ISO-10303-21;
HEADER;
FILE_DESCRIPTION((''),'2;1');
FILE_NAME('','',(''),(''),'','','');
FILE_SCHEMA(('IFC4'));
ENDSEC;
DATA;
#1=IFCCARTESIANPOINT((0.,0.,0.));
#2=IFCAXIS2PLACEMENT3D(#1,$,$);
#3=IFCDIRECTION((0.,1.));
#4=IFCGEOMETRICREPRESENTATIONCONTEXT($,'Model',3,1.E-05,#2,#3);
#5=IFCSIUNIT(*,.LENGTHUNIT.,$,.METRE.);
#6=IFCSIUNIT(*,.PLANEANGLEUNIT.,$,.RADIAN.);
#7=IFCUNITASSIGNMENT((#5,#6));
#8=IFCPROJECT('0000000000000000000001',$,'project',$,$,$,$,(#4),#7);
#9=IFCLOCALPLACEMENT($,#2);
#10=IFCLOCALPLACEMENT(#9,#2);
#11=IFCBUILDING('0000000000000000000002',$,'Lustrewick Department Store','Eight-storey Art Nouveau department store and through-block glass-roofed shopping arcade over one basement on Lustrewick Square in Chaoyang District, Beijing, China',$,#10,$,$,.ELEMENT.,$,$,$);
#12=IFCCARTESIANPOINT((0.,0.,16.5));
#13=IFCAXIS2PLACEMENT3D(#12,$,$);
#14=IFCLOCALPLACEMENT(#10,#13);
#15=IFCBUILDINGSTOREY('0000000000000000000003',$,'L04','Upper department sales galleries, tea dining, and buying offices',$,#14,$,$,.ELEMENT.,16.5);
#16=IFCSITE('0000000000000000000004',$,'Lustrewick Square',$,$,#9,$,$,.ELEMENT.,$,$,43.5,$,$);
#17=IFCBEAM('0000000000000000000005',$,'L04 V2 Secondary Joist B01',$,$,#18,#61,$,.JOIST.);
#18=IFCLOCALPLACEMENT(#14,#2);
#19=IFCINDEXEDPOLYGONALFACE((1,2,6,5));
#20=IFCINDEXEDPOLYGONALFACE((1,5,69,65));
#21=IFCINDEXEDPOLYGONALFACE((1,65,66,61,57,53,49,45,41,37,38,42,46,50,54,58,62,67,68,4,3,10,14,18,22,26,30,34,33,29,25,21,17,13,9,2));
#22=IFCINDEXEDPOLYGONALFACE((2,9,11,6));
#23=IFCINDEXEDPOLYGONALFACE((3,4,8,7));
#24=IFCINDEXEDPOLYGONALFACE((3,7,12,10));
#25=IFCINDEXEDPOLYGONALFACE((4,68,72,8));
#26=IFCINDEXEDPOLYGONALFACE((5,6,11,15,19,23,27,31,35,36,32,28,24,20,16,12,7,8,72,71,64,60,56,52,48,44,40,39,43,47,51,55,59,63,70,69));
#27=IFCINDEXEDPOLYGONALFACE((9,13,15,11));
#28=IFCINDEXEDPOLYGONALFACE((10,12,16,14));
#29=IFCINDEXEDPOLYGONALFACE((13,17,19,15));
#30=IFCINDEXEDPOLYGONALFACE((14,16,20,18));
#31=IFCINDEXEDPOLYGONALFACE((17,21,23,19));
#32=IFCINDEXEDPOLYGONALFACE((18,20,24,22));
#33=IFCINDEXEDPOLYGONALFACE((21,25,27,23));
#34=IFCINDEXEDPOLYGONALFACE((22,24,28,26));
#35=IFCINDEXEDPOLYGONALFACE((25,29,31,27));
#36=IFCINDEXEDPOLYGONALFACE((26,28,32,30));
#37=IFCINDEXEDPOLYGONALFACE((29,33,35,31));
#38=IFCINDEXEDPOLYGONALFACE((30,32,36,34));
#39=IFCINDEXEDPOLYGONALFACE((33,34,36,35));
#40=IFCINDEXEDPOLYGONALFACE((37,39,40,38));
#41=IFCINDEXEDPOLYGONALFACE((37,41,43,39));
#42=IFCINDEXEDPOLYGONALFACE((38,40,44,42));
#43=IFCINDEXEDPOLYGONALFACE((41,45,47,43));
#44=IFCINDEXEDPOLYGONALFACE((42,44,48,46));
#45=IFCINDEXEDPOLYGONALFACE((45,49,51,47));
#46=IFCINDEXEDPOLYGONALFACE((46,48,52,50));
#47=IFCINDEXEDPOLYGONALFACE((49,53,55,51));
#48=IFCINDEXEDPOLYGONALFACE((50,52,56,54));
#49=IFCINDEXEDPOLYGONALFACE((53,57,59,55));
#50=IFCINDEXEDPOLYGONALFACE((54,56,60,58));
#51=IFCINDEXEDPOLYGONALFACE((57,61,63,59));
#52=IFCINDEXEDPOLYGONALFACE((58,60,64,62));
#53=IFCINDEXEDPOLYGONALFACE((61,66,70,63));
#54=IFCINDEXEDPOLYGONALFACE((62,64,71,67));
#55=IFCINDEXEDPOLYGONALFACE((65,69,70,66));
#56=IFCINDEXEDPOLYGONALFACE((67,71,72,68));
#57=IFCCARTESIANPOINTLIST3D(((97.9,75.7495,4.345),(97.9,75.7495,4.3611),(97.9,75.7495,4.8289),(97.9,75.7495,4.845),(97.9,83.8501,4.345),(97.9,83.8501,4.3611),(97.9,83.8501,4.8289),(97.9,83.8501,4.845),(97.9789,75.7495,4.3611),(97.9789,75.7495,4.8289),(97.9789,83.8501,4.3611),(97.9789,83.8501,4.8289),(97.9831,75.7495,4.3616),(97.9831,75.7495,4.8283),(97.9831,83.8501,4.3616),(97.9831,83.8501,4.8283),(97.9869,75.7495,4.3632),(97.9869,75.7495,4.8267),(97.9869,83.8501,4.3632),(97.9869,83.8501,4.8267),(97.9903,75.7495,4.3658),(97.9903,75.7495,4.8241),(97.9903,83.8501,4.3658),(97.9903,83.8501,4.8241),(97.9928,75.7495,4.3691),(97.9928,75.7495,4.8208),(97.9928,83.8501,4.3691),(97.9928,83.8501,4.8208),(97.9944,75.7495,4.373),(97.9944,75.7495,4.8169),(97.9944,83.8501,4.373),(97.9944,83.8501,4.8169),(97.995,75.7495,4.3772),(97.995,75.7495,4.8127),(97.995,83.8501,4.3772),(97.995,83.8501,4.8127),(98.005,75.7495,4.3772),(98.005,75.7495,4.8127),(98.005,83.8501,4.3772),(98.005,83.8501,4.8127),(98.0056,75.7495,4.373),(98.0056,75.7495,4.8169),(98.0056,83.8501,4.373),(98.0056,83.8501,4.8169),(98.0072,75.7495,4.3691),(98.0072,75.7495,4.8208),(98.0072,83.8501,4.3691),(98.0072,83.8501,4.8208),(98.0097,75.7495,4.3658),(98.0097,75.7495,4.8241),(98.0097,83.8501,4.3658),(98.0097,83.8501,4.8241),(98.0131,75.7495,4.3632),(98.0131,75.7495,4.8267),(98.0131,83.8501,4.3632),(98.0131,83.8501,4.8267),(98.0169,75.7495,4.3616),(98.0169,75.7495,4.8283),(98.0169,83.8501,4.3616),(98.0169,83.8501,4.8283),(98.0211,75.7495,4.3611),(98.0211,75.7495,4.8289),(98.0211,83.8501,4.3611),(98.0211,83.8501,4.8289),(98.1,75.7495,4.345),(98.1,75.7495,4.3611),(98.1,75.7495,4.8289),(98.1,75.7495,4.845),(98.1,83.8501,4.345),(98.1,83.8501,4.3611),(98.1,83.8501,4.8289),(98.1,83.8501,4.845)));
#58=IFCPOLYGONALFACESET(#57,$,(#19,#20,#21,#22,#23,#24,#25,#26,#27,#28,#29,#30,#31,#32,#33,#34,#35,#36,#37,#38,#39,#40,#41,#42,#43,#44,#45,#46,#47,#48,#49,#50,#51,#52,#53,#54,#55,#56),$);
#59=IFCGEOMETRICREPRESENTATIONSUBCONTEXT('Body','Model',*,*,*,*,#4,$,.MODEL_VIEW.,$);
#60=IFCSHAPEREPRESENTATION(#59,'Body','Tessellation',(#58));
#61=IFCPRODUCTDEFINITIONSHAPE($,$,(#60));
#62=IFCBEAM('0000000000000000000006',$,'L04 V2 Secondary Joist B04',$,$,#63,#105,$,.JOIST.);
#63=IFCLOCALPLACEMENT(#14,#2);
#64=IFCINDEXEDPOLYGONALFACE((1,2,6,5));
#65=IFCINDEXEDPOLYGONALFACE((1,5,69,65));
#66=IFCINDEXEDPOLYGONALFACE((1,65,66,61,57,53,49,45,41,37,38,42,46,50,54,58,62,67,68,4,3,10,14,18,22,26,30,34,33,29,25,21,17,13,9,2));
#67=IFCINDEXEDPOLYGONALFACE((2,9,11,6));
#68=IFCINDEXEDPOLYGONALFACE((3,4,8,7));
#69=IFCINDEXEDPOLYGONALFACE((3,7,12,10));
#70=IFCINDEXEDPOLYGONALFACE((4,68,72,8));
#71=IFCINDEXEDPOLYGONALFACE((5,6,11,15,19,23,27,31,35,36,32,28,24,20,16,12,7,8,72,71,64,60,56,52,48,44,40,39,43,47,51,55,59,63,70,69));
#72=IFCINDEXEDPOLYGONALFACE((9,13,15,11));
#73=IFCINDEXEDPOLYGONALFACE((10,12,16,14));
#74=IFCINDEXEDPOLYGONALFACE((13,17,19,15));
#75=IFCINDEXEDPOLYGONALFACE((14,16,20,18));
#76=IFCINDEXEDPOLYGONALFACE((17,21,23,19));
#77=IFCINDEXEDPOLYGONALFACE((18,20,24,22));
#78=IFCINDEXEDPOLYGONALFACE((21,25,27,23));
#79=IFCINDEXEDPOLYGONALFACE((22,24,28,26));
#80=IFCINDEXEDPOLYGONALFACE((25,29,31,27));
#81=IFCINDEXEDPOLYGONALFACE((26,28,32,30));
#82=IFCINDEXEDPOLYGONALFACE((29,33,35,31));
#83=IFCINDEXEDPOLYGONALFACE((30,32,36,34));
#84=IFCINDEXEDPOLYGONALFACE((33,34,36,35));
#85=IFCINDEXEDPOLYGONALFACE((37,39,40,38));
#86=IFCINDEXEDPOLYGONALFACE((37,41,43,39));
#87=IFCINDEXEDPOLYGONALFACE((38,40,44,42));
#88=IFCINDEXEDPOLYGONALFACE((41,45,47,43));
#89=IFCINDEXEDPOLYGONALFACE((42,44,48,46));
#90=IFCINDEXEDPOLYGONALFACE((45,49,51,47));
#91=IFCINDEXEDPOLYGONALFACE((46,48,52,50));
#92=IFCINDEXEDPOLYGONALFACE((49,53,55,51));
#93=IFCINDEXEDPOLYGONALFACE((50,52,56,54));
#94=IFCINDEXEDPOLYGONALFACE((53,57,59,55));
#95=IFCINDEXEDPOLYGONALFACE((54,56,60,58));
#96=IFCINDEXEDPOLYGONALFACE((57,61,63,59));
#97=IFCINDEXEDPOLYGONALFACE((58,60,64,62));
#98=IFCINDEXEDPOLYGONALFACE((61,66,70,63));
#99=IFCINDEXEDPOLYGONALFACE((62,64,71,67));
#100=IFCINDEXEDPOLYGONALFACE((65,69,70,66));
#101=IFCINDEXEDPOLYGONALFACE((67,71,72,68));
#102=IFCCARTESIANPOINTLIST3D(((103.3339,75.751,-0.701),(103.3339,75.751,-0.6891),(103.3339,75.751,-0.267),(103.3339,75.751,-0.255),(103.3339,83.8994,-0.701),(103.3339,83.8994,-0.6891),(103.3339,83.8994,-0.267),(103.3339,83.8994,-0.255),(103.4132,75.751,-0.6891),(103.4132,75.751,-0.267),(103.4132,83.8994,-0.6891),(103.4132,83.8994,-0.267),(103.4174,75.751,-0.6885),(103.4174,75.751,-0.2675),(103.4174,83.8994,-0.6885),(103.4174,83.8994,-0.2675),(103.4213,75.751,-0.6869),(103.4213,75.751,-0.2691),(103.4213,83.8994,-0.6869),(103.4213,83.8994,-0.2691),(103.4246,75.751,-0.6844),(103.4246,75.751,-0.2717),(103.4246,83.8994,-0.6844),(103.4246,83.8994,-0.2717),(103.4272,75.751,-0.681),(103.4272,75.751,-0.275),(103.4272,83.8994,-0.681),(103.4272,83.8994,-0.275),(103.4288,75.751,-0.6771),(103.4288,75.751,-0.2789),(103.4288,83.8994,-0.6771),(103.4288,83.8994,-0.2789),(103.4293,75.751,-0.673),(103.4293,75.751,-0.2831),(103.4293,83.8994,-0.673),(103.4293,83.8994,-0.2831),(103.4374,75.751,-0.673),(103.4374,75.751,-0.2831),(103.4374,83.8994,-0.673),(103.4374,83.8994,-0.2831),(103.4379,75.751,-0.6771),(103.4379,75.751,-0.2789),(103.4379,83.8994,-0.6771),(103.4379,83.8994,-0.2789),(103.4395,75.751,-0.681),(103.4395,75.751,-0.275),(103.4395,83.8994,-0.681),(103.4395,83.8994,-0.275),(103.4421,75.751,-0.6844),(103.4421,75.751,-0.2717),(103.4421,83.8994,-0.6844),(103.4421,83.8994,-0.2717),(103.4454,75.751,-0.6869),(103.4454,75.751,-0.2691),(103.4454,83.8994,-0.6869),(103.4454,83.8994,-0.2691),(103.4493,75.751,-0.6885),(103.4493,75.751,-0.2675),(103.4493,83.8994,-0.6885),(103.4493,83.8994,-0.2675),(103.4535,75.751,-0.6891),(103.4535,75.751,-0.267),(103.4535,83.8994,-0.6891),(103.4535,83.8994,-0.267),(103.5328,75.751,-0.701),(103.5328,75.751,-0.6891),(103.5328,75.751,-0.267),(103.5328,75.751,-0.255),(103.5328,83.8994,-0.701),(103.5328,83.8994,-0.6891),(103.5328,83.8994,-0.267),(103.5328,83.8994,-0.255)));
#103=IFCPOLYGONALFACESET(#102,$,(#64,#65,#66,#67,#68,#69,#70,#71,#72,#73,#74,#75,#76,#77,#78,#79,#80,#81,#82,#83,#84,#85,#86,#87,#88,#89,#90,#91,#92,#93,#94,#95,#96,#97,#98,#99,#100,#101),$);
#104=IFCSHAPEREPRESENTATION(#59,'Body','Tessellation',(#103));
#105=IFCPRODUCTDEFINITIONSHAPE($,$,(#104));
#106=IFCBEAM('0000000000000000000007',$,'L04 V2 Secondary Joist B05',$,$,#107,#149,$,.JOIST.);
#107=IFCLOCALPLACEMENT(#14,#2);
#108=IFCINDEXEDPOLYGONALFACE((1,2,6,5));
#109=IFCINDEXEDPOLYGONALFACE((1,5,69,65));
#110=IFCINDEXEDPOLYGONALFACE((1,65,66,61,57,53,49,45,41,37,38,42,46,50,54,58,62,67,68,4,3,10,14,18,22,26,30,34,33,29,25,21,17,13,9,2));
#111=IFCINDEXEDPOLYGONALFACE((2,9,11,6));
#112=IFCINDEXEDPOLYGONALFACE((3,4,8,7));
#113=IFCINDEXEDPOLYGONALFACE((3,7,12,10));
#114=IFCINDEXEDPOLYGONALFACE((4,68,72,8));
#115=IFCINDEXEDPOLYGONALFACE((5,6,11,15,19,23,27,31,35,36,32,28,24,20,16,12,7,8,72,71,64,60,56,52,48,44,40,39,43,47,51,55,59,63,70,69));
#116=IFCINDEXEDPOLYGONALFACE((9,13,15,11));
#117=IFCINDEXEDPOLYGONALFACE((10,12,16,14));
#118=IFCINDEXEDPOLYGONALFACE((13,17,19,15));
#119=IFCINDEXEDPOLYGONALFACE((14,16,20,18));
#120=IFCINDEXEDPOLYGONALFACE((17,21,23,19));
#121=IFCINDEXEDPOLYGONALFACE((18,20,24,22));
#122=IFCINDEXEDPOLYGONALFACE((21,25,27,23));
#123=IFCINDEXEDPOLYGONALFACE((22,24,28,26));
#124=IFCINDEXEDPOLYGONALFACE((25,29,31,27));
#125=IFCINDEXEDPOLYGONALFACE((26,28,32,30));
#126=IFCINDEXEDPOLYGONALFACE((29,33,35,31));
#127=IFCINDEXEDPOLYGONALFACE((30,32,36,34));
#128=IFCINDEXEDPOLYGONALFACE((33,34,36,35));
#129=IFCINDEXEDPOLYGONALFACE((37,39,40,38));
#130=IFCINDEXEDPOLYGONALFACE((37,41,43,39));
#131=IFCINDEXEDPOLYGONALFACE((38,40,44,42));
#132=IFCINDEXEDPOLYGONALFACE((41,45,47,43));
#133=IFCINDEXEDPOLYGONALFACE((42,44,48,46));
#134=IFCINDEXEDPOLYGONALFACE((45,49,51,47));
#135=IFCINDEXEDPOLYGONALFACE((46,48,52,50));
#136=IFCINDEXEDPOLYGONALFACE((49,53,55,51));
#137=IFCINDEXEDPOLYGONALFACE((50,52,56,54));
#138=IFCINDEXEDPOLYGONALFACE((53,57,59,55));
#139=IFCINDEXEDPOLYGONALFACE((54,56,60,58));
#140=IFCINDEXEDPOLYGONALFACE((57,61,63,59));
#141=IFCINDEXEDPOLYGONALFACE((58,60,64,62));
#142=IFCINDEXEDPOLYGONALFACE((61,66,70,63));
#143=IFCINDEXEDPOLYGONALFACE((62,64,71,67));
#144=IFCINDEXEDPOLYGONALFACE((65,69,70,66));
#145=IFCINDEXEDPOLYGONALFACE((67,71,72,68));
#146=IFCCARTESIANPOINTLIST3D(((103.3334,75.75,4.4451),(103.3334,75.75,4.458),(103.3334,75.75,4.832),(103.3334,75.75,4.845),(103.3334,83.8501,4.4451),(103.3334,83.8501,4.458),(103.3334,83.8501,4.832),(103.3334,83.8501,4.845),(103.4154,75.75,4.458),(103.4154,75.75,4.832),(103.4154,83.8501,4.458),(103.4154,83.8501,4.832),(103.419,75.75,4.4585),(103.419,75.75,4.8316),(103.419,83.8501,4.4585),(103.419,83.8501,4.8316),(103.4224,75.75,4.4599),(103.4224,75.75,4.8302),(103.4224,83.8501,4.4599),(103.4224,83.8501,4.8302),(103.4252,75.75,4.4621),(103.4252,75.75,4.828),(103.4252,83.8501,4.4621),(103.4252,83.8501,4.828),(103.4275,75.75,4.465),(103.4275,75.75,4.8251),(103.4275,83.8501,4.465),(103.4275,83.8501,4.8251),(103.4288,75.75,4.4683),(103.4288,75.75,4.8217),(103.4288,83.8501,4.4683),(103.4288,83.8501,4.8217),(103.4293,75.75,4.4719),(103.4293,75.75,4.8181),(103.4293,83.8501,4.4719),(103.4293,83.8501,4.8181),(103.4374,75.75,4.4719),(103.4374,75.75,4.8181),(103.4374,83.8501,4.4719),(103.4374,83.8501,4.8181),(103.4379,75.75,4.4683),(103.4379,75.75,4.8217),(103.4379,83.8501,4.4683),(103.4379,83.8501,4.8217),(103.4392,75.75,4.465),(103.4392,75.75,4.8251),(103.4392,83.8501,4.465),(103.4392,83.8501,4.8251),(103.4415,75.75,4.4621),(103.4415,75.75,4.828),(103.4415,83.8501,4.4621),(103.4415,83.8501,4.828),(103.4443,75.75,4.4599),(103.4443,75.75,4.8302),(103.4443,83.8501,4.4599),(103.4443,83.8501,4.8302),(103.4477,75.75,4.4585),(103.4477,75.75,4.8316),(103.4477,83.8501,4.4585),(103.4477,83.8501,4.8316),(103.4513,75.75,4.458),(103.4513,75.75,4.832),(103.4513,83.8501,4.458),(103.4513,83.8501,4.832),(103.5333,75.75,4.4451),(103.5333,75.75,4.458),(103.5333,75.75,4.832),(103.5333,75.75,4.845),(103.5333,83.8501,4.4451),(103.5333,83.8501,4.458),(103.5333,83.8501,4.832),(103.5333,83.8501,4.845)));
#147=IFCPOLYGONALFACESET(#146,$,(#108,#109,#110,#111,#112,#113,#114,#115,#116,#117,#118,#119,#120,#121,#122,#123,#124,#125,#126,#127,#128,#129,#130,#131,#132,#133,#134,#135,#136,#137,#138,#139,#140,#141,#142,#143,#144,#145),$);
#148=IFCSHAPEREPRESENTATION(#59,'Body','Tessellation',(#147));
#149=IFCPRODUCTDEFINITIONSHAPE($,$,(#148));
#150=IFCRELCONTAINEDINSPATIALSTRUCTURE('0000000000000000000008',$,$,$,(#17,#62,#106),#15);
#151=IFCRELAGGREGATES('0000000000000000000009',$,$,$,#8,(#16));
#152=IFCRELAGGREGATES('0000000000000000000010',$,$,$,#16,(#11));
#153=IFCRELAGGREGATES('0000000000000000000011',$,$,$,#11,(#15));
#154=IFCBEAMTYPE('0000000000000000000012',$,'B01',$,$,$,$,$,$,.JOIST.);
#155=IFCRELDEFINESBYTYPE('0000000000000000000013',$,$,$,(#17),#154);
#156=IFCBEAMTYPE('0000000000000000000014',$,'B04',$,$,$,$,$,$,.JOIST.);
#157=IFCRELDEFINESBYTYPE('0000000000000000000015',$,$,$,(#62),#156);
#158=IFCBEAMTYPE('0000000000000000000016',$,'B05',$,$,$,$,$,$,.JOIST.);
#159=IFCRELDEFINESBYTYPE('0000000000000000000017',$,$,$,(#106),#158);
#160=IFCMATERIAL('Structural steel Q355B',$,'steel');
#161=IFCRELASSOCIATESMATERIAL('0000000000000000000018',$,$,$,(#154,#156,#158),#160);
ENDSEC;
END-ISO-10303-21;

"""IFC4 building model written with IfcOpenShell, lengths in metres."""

from ifc_helpers import new_model, si_unit, direction, frame, origin, origin_2d, place, context, subcontext, project, spatial, i_section, extrude, material, material_profile, profile_set, type_object, element, save


model = new_model("IFC4")

# Units and contexts
model_context = context("Model", 3, precision=1e-05, world=origin(), true_north=direction((0.0, 1.0)))
body_context = subcontext(model_context, "Body", "Model", "MODEL_VIEW")
ifc_project = project(units=[si_unit("LENGTHUNIT", "METRE"), si_unit("PLANEANGLEUNIT", "RADIAN")], contexts=[model_context])

# Site, building, storey
site_placement = place(None, origin())
site = spatial("IfcSite", under=ifc_project, at=site_placement, Name="Lustrewick Square", CompositionType="ELEMENT", RefElevation=43.5)
building_placement = place(site_placement, origin())
building = spatial("IfcBuilding", under=site, at=building_placement, Name="Lustrewick Department Store", Description="Eight-storey Art Nouveau department store and through-block glass-roofed shopping arcade over one basement on Lustrewick Square in Chaoyang District, Beijing, China", CompositionType="ELEMENT")
storey_placement = place(building_placement, frame((0.0, 0.0, 16.5)))
storey = spatial("IfcBuildingStorey", under=building, at=storey_placement, Name="L04", Description="Upper department sales galleries, tea dining, and buying offices", CompositionType="ELEMENT", Elevation=16.5)

# Shared definitions
ifc_material_1 = material(Name="Structural steel Q355B", Category="steel")

# Beams
ifc_material_profile_1 = material_profile(ifc_material_1, i_section(OverallWidth=0.2, OverallDepth=0.5, WebThickness=0.01, FlangeThickness=0.0161, FilletRadius=0.0161, at=origin_2d()), Name="HN 500x200x10x16")
ifc_profile_set_1 = profile_set([ifc_material_profile_1], Name="Structural steel Q355B")
beam_type_1 = type_object("IfcBeamType", Name="B01", PredefinedType="JOIST", material=ifc_profile_set_1)
beam_1_placement = place(storey_placement, frame((98.0, 75.7495, 4.595), z_axis=(0.0, 1.0, 0.0), x_axis=(-1.0, 0.0, 0.0)))
element("IfcBeam", 1, at=beam_1_placement, inside=storey, type_object=beam_type_1, Name="L04 V2 Secondary Joist B01", PredefinedType="JOIST", context=body_context, shape_type="SweptSolid", body=[
    extrude(i_section(OverallWidth=0.2, OverallDepth=0.5, WebThickness=0.01, FlangeThickness=0.0161, FilletRadius=0.0161, at=origin_2d()), origin(), (0.0, 0.0, 1.0), 8.1006),
])
ifc_material_profile_2 = material_profile(ifc_material_1, i_section(OverallWidth=0.199, OverallDepth=0.446, WebThickness=0.0081, FlangeThickness=0.012, FilletRadius=0.0161, at=origin_2d()), Name="HN 446x199x8x12")
ifc_profile_set_2 = profile_set([ifc_material_profile_2], Name="Structural steel Q355B")
beam_type_2 = type_object("IfcBeamType", Name="B04", PredefinedType="JOIST", material=ifc_profile_set_2)
beam_2_placement = place(storey_placement, frame((103.4333, 75.751, -0.478), z_axis=(0.0, 1.0, 0.0), x_axis=(-1.0, 0.0, 0.0)))
element("IfcBeam", 2, at=beam_2_placement, inside=storey, type_object=beam_type_2, Name="L04 V2 Secondary Joist B04", PredefinedType="JOIST", context=body_context, shape_type="SweptSolid", body=[
    extrude(i_section(OverallWidth=0.199, OverallDepth=0.446, WebThickness=0.0081, FlangeThickness=0.012, FilletRadius=0.0161, at=origin_2d()), origin(), (0.0, 0.0, 1.0), 8.1484),
])
ifc_material_profile_3 = material_profile(ifc_material_1, i_section(OverallWidth=0.2, OverallDepth=0.3999, WebThickness=0.0081, FlangeThickness=0.0129, FilletRadius=0.0139, at=origin_2d()), Name="HN 400x200x8x13")
ifc_profile_set_3 = profile_set([ifc_material_profile_3], Name="Structural steel Q355B")
beam_type_3 = type_object("IfcBeamType", Name="B05", PredefinedType="JOIST", material=ifc_profile_set_3)
beam_3_placement = place(storey_placement, frame((103.4333, 75.75, 4.645), z_axis=(0.0, 1.0, 0.0), x_axis=(-1.0, 0.0, 0.0)))
element("IfcBeam", 3, at=beam_3_placement, inside=storey, type_object=beam_type_3, Name="L04 V2 Secondary Joist B05", PredefinedType="JOIST", context=body_context, shape_type="SweptSolid", body=[
    extrude(i_section(OverallWidth=0.2, OverallDepth=0.3999, WebThickness=0.0081, FlangeThickness=0.0129, FilletRadius=0.0139, at=origin_2d()), origin(), (0.0, 0.0, 1.0), 8.1001),
])

save(model, "model.ifc")
